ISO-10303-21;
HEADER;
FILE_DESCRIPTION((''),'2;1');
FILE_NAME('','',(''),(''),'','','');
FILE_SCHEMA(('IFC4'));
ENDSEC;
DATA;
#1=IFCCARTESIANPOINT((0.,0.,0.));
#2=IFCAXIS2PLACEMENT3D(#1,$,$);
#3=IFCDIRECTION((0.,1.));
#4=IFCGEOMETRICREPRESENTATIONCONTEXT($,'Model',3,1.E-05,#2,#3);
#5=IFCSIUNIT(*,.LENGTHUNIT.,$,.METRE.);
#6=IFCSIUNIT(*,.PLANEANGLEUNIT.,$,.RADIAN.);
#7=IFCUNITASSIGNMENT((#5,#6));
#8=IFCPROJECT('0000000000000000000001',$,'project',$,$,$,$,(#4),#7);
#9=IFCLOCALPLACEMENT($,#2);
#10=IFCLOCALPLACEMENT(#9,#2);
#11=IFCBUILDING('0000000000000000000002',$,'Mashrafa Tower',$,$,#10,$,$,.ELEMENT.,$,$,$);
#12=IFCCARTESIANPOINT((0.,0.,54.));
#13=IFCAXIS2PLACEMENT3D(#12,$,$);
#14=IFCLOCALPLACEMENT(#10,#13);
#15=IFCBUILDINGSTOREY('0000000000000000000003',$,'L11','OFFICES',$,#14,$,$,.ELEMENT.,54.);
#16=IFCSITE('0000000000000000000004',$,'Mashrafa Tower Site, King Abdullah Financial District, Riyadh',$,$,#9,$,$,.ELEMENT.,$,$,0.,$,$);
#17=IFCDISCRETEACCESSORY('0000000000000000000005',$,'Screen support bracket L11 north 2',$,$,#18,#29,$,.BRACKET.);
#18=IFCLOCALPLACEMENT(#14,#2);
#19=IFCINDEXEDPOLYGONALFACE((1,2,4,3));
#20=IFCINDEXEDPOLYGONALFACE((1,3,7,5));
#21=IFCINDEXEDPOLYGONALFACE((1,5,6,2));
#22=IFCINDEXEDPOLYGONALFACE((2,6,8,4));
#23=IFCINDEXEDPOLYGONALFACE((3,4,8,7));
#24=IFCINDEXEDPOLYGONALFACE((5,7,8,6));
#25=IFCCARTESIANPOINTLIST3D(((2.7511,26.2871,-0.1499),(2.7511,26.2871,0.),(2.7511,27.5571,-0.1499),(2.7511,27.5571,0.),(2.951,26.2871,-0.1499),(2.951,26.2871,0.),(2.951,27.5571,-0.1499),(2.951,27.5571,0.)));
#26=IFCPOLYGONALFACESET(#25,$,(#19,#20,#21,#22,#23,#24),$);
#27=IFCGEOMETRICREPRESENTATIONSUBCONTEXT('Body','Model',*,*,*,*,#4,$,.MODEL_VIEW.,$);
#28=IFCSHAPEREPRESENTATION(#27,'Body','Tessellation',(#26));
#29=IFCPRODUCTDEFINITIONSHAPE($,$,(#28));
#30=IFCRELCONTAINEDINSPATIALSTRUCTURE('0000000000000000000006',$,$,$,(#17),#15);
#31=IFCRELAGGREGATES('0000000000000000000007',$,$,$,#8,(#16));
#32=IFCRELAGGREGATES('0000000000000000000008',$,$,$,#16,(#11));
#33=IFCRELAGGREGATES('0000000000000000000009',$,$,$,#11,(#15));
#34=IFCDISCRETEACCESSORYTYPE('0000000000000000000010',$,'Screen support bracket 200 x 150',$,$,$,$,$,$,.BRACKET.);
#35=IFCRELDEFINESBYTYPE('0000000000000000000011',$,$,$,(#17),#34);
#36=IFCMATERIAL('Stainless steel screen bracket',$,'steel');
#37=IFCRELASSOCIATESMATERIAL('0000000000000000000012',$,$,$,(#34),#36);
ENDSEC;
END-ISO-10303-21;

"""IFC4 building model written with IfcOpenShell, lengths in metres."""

from ifc_helpers import new_model, si_unit, direction, frame, origin, origin_2d, place, context, subcontext, project, spatial, rectangle, extrude, source, transform, mapped, material, type_object, type_shapes, element, save


model = new_model("IFC4")

# Units and contexts
model_context = context("Model", 3, precision=1e-05, world=origin(), true_north=direction((0.0, 1.0)))
body_context = subcontext(model_context, "Body", "Model", "MODEL_VIEW")
ifc_project = project(units=[si_unit("LENGTHUNIT", "METRE"), si_unit("PLANEANGLEUNIT", "RADIAN")], contexts=[model_context])

# Site, building, storey
site_placement = place(None, origin())
site = spatial("IfcSite", under=ifc_project, at=site_placement, Name="Mashrafa Tower Site, King Abdullah Financial District, Riyadh", CompositionType="ELEMENT", RefElevation=0.0)
building_placement = place(site_placement, origin())
building = spatial("IfcBuilding", under=site, at=building_placement, Name="Mashrafa Tower", CompositionType="ELEMENT")
storey_placement = place(building_placement, frame((0.0, 0.0, 54.0)))
storey = spatial("IfcBuildingStorey", under=building, at=storey_placement, Name="L11", Description="OFFICES", CompositionType="ELEMENT", Elevation=54.0)

# Discrete accessory
ifc_material_1 = material(Name="Stainless steel screen bracket", Category="steel")
discrete_accessory_type = type_object("IfcDiscreteAccessoryType", Name="Screen support bracket 200 x 150", PredefinedType="BRACKET", material=ifc_material_1)
shared_shape_1 = source(origin(), body_context, "Body", "SweptSolid", [
    extrude(rectangle(XDim=0.2, YDim=1.27, at=origin_2d()), origin(), (0.0, 0.0, 1.0), 0.1499),
])
type_shapes(discrete_accessory_type, [shared_shape_1])
for number, where, z_axis, x_axis, name in (
    (1, (2.8511, 26.9221, -0.1499), (0.0, 0.0, 1.0), (-1.0, 0.0, 0.0), "Screen support bracket L11 north 2"),
):
    element("IfcDiscreteAccessory", number, at=place(storey_placement, frame(where, z_axis=z_axis, x_axis=x_axis)), inside=storey, type_object=discrete_accessory_type, Name=name, PredefinedType="BRACKET", context=body_context, shape_type="MappedRepresentation", body=[
        mapped(shared_shape_1, transform((0.0, 0.0, 0.0))),
    ])

save(model, "model.ifc")
